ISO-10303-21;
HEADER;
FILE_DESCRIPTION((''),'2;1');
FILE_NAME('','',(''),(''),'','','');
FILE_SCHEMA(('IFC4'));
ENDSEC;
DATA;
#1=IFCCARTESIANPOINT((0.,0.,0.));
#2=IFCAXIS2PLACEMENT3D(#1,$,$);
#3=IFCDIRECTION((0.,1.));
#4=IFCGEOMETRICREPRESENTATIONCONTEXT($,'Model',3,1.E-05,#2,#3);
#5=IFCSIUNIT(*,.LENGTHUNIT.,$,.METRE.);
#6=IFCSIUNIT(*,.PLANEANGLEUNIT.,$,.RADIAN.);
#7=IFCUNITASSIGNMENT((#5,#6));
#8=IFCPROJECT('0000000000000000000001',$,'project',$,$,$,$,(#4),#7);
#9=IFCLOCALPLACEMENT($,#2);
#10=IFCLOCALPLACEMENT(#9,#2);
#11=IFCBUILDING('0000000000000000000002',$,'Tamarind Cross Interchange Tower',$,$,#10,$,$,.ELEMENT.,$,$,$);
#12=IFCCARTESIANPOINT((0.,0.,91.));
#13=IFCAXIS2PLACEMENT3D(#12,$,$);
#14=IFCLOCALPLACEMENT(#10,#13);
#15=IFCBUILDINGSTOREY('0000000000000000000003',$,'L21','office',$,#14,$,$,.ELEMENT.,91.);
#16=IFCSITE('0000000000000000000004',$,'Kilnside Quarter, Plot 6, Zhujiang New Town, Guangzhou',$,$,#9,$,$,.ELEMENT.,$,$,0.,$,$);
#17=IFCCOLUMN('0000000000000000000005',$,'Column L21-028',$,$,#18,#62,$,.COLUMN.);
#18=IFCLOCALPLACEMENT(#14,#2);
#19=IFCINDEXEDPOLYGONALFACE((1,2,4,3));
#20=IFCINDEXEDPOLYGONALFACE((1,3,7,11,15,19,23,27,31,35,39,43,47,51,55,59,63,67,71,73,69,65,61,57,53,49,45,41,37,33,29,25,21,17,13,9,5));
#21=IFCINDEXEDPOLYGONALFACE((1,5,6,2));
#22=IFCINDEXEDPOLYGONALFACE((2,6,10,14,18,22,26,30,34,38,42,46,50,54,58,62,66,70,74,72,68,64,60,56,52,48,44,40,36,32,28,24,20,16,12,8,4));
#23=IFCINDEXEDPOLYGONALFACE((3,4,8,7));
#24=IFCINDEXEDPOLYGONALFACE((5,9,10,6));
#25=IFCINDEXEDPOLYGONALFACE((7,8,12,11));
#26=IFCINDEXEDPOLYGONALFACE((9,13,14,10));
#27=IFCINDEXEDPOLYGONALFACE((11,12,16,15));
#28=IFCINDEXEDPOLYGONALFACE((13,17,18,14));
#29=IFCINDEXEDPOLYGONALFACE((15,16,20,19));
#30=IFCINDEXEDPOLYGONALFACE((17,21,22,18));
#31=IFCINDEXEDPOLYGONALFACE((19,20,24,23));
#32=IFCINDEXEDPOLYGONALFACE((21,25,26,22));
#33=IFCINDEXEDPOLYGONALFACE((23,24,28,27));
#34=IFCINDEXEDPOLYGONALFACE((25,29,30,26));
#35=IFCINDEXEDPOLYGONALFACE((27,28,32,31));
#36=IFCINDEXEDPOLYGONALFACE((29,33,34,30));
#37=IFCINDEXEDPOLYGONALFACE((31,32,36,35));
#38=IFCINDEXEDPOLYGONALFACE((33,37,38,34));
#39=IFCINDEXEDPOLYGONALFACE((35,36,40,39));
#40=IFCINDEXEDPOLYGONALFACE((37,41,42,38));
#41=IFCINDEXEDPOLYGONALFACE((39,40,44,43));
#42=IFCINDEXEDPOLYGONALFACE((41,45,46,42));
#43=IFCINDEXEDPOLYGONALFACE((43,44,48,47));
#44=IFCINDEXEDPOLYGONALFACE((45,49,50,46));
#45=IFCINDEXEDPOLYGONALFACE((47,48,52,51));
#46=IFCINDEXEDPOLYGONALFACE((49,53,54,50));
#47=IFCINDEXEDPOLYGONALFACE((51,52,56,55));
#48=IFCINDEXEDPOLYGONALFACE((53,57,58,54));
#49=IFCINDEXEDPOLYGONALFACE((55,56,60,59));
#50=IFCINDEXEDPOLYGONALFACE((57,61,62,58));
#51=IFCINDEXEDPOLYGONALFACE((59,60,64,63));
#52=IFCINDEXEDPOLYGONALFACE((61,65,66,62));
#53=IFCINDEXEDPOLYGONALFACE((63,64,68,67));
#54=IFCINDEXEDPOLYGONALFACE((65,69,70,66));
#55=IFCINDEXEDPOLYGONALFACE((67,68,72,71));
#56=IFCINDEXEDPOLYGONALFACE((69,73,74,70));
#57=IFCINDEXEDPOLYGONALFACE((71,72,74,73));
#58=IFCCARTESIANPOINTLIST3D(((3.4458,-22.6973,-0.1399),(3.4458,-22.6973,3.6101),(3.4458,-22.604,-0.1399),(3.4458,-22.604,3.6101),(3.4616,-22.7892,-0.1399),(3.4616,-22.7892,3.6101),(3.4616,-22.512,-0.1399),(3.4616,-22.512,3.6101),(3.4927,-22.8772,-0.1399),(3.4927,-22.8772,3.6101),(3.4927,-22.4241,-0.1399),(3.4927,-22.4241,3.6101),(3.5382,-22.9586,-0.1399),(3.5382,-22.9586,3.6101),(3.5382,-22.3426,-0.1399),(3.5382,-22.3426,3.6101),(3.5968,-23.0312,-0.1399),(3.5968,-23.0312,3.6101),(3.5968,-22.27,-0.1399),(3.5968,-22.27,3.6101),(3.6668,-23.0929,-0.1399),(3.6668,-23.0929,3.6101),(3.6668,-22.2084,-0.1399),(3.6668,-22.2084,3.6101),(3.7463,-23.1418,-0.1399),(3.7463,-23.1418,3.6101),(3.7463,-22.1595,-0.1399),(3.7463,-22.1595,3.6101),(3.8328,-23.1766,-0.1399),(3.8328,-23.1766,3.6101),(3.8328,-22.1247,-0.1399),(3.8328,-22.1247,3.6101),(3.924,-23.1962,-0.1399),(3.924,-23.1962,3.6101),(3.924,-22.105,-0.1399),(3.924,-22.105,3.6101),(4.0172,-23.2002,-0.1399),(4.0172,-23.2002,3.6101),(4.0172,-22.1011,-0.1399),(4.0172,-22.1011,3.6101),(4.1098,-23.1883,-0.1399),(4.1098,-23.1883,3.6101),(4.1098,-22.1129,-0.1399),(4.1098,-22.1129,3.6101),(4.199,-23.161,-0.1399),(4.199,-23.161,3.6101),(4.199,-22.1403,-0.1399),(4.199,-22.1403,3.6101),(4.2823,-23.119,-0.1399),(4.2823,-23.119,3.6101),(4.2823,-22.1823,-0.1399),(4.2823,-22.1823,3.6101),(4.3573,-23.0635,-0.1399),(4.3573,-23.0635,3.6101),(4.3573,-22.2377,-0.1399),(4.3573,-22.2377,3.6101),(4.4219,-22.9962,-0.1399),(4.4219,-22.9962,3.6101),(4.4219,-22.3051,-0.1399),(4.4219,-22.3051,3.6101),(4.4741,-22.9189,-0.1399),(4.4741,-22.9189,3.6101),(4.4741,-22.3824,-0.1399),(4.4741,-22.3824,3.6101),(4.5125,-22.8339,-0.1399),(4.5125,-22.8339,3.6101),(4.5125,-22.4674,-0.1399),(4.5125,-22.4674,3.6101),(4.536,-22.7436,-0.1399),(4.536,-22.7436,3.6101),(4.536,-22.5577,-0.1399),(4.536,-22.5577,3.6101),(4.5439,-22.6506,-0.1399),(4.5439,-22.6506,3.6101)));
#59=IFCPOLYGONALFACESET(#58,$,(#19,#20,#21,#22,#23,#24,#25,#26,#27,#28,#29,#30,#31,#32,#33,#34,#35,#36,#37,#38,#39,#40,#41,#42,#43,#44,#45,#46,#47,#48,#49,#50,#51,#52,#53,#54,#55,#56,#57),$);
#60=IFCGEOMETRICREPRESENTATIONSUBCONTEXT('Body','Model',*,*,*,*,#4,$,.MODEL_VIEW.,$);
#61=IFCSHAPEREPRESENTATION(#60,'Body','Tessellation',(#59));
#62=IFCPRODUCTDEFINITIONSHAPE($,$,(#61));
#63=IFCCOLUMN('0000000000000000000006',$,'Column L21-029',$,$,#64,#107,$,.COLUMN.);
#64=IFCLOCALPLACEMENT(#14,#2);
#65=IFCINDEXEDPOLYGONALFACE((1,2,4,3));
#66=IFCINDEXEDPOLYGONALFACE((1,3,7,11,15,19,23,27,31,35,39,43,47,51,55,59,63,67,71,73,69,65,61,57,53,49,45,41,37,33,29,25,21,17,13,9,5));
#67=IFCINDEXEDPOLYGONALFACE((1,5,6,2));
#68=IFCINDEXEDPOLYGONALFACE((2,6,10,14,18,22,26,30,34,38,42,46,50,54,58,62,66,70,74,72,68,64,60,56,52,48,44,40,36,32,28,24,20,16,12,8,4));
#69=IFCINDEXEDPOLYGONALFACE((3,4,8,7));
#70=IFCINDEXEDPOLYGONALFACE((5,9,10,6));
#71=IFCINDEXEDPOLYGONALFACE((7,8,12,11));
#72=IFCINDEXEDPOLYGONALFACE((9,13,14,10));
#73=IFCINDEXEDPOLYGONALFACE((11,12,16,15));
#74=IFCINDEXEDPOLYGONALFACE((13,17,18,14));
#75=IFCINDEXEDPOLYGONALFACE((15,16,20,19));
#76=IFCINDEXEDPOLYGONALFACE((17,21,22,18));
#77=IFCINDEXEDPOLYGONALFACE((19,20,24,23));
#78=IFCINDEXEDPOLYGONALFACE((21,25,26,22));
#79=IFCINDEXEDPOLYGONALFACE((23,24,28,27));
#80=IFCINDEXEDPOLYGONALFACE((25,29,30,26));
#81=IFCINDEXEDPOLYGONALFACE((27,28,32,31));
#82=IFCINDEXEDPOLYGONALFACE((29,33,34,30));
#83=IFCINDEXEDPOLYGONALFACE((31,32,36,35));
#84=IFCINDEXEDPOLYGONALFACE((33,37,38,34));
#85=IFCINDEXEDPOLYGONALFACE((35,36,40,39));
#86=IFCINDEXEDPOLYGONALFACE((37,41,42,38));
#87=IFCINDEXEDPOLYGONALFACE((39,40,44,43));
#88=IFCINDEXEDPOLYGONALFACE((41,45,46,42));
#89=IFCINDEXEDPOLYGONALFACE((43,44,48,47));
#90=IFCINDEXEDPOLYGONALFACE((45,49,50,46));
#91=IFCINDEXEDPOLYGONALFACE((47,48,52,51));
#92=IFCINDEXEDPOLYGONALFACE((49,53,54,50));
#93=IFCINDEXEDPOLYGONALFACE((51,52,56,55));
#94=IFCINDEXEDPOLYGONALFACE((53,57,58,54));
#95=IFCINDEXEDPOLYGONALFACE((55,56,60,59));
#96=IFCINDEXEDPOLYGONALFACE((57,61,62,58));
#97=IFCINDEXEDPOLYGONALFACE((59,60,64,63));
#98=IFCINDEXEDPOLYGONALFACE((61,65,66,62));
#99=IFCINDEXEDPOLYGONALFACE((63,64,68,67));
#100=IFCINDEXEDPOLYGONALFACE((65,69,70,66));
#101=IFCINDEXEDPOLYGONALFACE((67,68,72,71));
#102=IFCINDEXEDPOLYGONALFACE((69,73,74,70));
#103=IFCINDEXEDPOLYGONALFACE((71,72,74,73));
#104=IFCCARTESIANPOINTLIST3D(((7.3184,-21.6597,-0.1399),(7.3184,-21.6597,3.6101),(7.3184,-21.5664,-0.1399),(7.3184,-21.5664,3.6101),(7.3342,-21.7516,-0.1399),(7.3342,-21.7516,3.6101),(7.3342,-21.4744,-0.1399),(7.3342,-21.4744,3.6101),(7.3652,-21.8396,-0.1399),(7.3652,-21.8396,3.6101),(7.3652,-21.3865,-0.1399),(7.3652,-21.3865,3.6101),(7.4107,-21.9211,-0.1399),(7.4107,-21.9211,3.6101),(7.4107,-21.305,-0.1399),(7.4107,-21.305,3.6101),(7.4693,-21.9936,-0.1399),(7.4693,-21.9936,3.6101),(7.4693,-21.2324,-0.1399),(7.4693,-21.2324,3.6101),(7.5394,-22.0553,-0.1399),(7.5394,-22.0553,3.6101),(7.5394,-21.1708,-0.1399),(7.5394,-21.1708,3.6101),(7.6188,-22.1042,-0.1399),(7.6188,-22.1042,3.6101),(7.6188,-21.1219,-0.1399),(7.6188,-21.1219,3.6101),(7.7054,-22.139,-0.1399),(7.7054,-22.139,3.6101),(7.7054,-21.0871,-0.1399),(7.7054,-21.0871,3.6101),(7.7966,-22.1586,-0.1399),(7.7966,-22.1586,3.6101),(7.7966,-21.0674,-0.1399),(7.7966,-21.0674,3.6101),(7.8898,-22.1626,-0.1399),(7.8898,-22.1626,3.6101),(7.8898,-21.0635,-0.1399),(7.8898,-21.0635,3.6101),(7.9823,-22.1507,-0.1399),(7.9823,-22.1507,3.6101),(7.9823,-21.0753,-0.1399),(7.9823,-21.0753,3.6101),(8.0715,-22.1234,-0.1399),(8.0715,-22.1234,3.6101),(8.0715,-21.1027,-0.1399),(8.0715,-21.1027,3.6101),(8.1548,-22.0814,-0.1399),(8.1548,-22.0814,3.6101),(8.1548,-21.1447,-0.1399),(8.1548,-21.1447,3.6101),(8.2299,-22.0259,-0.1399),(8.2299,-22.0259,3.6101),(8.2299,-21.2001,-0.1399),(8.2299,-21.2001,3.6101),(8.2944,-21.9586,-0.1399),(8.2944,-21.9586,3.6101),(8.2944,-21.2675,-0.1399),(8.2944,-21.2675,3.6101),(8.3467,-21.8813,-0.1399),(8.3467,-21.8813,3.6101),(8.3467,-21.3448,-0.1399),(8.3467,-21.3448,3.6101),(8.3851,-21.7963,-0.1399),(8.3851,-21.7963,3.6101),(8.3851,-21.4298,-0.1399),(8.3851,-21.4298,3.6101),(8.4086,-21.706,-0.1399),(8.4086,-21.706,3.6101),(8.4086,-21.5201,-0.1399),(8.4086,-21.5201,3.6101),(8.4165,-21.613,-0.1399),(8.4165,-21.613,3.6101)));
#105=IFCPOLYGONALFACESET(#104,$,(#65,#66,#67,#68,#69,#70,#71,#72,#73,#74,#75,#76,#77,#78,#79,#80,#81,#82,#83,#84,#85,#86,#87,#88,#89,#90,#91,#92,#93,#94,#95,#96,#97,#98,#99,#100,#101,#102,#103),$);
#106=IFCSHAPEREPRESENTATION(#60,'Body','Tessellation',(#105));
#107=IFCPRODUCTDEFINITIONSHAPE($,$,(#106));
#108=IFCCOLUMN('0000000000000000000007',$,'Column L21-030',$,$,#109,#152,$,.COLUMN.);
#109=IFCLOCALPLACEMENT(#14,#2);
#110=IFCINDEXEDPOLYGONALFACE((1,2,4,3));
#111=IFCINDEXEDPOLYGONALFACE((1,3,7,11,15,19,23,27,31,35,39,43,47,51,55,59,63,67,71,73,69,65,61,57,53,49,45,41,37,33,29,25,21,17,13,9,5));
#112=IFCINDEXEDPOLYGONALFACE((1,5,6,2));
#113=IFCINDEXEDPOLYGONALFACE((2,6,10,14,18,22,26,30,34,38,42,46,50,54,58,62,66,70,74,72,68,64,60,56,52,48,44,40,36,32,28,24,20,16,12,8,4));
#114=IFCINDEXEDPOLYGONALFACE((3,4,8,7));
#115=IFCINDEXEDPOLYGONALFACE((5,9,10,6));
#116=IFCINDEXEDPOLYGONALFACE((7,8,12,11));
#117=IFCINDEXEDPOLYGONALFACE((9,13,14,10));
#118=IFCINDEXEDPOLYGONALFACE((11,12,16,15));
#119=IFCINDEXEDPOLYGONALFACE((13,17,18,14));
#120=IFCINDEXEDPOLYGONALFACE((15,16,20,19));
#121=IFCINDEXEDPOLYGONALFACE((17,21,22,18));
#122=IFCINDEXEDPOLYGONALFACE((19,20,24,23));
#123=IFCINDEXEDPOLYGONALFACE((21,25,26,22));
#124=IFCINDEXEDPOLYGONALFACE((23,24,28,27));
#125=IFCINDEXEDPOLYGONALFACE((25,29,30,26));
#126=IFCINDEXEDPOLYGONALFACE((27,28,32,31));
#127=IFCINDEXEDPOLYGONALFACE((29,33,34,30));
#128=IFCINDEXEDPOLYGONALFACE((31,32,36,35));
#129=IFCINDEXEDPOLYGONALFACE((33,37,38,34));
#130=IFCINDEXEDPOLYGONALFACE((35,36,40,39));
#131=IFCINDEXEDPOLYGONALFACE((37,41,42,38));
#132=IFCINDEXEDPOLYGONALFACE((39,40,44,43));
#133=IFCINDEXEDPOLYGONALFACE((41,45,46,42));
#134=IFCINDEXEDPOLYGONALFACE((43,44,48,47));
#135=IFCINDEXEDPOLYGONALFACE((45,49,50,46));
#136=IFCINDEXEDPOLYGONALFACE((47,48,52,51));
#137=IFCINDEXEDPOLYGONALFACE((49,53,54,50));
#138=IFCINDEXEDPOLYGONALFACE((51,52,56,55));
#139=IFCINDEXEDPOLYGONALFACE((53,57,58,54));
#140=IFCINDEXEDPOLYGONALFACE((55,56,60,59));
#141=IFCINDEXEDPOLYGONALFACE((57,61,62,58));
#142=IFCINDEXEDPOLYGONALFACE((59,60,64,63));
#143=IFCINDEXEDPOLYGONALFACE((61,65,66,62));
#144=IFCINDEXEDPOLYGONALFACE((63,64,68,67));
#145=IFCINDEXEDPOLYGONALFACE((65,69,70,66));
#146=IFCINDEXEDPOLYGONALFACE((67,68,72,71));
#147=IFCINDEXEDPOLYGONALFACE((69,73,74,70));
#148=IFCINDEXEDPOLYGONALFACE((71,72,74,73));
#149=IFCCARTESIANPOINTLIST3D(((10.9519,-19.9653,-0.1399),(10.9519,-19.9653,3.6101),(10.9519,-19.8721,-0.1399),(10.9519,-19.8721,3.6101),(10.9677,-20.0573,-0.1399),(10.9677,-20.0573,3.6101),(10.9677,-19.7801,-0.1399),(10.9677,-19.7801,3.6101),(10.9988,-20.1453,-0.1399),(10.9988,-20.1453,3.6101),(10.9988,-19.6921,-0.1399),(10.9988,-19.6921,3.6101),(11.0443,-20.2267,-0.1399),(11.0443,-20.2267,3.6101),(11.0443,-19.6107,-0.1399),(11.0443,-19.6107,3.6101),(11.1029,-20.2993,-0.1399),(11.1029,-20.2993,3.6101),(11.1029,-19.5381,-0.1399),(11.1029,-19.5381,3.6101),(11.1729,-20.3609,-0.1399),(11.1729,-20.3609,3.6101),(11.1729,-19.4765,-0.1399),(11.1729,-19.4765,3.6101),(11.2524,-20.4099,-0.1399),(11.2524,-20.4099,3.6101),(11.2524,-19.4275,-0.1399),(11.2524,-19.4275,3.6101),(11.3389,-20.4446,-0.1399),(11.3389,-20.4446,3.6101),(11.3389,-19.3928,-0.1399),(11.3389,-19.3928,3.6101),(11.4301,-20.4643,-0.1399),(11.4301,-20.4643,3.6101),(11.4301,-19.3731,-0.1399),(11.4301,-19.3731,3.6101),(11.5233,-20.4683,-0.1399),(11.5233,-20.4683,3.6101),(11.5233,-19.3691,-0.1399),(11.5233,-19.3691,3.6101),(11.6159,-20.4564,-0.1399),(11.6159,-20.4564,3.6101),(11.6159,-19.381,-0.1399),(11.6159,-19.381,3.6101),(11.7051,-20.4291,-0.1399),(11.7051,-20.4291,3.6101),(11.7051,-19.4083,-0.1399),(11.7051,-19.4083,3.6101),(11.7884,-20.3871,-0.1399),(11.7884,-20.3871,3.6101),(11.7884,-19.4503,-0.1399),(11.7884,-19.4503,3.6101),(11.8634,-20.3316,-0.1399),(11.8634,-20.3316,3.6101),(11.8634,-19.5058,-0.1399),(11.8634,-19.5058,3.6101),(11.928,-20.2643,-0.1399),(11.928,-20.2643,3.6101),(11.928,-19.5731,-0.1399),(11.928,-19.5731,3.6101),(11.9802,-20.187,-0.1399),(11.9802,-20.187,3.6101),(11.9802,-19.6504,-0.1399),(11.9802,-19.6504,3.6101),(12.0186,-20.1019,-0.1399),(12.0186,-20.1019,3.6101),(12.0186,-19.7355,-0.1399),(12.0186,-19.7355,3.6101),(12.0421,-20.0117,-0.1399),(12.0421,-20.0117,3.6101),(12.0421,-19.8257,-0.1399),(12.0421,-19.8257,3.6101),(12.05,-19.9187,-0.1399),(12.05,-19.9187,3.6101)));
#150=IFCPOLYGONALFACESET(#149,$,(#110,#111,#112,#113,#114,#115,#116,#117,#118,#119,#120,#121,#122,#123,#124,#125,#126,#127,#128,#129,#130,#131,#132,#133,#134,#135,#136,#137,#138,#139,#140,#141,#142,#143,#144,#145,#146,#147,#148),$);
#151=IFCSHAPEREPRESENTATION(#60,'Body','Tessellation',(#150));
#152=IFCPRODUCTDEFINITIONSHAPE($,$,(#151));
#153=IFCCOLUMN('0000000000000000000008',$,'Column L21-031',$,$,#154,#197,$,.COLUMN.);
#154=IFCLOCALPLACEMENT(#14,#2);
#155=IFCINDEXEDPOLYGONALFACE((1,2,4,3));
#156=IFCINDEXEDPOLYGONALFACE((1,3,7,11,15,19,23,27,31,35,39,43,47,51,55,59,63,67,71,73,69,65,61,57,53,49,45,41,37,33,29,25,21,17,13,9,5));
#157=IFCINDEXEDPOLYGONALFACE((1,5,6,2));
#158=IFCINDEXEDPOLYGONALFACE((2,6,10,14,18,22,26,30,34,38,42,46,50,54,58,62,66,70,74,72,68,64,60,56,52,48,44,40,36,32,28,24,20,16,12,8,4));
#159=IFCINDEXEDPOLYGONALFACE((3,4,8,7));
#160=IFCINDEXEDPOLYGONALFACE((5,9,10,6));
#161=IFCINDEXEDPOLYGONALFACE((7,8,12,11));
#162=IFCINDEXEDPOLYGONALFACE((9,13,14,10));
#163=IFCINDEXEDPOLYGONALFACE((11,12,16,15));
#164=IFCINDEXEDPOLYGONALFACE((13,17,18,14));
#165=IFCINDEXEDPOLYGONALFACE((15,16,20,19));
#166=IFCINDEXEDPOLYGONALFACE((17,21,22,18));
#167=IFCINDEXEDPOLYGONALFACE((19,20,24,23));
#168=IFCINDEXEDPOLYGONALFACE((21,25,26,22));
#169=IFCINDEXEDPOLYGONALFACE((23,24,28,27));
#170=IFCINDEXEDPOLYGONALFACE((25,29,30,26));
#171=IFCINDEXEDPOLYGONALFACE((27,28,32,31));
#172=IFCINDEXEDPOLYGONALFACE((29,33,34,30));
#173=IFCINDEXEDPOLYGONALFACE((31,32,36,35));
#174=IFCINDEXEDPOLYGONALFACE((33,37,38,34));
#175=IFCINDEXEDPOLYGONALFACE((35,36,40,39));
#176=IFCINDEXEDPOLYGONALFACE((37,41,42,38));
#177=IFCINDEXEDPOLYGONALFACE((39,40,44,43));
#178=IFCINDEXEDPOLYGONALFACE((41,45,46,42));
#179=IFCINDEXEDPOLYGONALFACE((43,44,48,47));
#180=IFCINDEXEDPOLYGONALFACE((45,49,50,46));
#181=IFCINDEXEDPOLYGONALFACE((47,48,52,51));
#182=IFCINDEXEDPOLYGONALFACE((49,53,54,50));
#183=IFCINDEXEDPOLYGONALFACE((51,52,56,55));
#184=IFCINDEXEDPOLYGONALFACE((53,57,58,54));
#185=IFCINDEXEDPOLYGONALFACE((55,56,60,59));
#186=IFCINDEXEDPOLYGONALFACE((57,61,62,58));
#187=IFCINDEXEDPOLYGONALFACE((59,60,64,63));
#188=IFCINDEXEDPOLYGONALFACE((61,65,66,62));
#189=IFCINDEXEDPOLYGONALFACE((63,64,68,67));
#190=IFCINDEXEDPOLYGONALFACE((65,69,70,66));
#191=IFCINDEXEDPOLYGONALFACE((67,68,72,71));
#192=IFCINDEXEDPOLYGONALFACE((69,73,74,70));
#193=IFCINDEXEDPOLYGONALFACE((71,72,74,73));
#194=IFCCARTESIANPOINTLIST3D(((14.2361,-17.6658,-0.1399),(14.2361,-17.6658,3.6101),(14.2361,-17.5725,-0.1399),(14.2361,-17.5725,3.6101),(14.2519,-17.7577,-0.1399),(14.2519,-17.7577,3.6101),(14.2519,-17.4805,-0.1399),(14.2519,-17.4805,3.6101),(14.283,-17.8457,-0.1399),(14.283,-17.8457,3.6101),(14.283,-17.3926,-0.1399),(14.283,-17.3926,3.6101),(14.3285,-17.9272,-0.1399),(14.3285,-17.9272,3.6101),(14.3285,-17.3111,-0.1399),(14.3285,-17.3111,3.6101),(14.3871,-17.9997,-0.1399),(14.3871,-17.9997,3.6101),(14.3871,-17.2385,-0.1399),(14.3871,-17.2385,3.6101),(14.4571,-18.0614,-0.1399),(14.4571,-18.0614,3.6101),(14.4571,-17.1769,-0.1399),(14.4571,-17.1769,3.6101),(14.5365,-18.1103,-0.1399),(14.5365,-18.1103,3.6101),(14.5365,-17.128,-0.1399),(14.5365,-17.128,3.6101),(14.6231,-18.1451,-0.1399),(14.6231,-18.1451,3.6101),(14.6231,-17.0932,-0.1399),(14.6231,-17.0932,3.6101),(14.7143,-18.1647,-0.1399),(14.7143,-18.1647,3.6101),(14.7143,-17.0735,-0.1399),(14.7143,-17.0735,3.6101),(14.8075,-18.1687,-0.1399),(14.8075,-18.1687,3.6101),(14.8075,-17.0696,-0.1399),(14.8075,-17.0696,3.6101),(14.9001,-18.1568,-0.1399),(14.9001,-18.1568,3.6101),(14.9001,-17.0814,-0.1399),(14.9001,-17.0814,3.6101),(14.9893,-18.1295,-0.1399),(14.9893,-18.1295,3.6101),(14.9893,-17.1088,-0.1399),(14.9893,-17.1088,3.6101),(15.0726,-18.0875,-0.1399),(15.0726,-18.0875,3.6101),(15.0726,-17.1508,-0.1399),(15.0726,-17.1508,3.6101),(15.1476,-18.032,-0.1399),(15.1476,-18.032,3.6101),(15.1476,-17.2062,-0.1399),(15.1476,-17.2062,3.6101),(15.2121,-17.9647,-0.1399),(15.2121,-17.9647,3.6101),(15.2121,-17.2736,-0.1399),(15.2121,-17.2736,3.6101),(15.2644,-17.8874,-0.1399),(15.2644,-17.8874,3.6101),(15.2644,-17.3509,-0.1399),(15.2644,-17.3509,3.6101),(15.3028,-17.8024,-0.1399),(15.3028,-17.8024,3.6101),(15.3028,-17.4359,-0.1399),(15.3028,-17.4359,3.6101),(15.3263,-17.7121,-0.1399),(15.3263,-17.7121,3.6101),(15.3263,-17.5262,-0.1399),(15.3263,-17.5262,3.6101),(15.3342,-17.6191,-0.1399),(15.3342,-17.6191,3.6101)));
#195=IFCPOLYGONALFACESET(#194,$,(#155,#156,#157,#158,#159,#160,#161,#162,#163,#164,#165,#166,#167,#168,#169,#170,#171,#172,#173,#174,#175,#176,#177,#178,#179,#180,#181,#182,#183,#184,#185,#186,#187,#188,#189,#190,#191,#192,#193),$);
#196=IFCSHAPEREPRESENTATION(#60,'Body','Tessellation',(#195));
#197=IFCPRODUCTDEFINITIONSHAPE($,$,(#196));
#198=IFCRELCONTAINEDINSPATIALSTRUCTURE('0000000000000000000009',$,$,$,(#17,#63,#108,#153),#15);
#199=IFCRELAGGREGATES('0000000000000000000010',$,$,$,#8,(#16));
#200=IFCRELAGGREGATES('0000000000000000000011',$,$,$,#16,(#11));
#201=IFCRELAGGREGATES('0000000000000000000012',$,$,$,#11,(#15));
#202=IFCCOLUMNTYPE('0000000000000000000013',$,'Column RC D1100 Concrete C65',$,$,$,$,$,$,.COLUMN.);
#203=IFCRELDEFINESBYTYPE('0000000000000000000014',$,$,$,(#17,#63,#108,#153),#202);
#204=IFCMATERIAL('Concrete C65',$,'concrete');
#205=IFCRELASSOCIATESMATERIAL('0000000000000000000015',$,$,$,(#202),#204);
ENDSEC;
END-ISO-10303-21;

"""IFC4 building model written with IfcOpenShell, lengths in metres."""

from ifc_helpers import new_model, si_unit, direction, frame, origin, origin_2d, place, context, subcontext, project, spatial, circle, extrude, material, material_profile, profile_set, type_object, element, save


model = new_model("IFC4")

# Units and contexts
model_context = context("Model", 3, precision=1e-05, world=origin(), true_north=direction((0.0, 1.0)))
body_context = subcontext(model_context, "Body", "Model", "MODEL_VIEW")
ifc_project = project(units=[si_unit("LENGTHUNIT", "METRE"), si_unit("PLANEANGLEUNIT", "RADIAN")], contexts=[model_context])

# Site, building, storey
site_placement = place(None, origin())
site = spatial("IfcSite", under=ifc_project, at=site_placement, Name="Kilnside Quarter, Plot 6, Zhujiang New Town, Guangzhou", CompositionType="ELEMENT", RefElevation=0.0)
building_placement = place(site_placement, origin())
building = spatial("IfcBuilding", under=site, at=building_placement, Name="Tamarind Cross Interchange Tower", CompositionType="ELEMENT")
storey_placement = place(building_placement, frame((0.0, 0.0, 91.0)))
storey = spatial("IfcBuildingStorey", under=building, at=storey_placement, Name="L21", Description="office", CompositionType="ELEMENT", Elevation=91.0)

# Columns
ifc_material_1 = material(Name="Concrete C65", Category="concrete")
ifc_material_profile_1 = material_profile(ifc_material_1, circle(Radius=0.55, at=origin_2d()), Name="RC D1100")
ifc_profile_set_1 = profile_set([ifc_material_profile_1], Name="Concrete C65")
column_type = type_object("IfcColumnType", Name="Column RC D1100 Concrete C65", PredefinedType="COLUMN", material=ifc_profile_set_1)
for number, where, z_axis, x_axis, name in (
    (1, (3.9939, -22.6506, -0.1399), (0.0, 0.0, 1.0), (1.0, 0.0, 0.0), "Column L21-028"),
    (2, (7.8665, -21.613, -0.1399), (0.0, 0.0, 1.0), (1.0, 0.0, 0.0), "Column L21-029"),
    (3, (11.5, -19.9187, -0.1399), (0.0, 0.0, 1.0), (1.0, 0.0, 0.0), "Column L21-030"),
    (4, (14.7842, -17.6191, -0.1399), (0.0, 0.0, 1.0), (1.0, 0.0, 0.0), "Column L21-031"),
):
    element("IfcColumn", number, at=place(storey_placement, frame(where, z_axis=z_axis, x_axis=x_axis)), inside=storey, type_object=column_type, Name=name, PredefinedType="COLUMN", context=body_context, shape_type="SweptSolid", body=[
        extrude(circle(Radius=0.55, at=origin_2d()), origin(), (0.0, 0.0, 1.0), 3.75),
    ])

save(model, "model.ifc")
